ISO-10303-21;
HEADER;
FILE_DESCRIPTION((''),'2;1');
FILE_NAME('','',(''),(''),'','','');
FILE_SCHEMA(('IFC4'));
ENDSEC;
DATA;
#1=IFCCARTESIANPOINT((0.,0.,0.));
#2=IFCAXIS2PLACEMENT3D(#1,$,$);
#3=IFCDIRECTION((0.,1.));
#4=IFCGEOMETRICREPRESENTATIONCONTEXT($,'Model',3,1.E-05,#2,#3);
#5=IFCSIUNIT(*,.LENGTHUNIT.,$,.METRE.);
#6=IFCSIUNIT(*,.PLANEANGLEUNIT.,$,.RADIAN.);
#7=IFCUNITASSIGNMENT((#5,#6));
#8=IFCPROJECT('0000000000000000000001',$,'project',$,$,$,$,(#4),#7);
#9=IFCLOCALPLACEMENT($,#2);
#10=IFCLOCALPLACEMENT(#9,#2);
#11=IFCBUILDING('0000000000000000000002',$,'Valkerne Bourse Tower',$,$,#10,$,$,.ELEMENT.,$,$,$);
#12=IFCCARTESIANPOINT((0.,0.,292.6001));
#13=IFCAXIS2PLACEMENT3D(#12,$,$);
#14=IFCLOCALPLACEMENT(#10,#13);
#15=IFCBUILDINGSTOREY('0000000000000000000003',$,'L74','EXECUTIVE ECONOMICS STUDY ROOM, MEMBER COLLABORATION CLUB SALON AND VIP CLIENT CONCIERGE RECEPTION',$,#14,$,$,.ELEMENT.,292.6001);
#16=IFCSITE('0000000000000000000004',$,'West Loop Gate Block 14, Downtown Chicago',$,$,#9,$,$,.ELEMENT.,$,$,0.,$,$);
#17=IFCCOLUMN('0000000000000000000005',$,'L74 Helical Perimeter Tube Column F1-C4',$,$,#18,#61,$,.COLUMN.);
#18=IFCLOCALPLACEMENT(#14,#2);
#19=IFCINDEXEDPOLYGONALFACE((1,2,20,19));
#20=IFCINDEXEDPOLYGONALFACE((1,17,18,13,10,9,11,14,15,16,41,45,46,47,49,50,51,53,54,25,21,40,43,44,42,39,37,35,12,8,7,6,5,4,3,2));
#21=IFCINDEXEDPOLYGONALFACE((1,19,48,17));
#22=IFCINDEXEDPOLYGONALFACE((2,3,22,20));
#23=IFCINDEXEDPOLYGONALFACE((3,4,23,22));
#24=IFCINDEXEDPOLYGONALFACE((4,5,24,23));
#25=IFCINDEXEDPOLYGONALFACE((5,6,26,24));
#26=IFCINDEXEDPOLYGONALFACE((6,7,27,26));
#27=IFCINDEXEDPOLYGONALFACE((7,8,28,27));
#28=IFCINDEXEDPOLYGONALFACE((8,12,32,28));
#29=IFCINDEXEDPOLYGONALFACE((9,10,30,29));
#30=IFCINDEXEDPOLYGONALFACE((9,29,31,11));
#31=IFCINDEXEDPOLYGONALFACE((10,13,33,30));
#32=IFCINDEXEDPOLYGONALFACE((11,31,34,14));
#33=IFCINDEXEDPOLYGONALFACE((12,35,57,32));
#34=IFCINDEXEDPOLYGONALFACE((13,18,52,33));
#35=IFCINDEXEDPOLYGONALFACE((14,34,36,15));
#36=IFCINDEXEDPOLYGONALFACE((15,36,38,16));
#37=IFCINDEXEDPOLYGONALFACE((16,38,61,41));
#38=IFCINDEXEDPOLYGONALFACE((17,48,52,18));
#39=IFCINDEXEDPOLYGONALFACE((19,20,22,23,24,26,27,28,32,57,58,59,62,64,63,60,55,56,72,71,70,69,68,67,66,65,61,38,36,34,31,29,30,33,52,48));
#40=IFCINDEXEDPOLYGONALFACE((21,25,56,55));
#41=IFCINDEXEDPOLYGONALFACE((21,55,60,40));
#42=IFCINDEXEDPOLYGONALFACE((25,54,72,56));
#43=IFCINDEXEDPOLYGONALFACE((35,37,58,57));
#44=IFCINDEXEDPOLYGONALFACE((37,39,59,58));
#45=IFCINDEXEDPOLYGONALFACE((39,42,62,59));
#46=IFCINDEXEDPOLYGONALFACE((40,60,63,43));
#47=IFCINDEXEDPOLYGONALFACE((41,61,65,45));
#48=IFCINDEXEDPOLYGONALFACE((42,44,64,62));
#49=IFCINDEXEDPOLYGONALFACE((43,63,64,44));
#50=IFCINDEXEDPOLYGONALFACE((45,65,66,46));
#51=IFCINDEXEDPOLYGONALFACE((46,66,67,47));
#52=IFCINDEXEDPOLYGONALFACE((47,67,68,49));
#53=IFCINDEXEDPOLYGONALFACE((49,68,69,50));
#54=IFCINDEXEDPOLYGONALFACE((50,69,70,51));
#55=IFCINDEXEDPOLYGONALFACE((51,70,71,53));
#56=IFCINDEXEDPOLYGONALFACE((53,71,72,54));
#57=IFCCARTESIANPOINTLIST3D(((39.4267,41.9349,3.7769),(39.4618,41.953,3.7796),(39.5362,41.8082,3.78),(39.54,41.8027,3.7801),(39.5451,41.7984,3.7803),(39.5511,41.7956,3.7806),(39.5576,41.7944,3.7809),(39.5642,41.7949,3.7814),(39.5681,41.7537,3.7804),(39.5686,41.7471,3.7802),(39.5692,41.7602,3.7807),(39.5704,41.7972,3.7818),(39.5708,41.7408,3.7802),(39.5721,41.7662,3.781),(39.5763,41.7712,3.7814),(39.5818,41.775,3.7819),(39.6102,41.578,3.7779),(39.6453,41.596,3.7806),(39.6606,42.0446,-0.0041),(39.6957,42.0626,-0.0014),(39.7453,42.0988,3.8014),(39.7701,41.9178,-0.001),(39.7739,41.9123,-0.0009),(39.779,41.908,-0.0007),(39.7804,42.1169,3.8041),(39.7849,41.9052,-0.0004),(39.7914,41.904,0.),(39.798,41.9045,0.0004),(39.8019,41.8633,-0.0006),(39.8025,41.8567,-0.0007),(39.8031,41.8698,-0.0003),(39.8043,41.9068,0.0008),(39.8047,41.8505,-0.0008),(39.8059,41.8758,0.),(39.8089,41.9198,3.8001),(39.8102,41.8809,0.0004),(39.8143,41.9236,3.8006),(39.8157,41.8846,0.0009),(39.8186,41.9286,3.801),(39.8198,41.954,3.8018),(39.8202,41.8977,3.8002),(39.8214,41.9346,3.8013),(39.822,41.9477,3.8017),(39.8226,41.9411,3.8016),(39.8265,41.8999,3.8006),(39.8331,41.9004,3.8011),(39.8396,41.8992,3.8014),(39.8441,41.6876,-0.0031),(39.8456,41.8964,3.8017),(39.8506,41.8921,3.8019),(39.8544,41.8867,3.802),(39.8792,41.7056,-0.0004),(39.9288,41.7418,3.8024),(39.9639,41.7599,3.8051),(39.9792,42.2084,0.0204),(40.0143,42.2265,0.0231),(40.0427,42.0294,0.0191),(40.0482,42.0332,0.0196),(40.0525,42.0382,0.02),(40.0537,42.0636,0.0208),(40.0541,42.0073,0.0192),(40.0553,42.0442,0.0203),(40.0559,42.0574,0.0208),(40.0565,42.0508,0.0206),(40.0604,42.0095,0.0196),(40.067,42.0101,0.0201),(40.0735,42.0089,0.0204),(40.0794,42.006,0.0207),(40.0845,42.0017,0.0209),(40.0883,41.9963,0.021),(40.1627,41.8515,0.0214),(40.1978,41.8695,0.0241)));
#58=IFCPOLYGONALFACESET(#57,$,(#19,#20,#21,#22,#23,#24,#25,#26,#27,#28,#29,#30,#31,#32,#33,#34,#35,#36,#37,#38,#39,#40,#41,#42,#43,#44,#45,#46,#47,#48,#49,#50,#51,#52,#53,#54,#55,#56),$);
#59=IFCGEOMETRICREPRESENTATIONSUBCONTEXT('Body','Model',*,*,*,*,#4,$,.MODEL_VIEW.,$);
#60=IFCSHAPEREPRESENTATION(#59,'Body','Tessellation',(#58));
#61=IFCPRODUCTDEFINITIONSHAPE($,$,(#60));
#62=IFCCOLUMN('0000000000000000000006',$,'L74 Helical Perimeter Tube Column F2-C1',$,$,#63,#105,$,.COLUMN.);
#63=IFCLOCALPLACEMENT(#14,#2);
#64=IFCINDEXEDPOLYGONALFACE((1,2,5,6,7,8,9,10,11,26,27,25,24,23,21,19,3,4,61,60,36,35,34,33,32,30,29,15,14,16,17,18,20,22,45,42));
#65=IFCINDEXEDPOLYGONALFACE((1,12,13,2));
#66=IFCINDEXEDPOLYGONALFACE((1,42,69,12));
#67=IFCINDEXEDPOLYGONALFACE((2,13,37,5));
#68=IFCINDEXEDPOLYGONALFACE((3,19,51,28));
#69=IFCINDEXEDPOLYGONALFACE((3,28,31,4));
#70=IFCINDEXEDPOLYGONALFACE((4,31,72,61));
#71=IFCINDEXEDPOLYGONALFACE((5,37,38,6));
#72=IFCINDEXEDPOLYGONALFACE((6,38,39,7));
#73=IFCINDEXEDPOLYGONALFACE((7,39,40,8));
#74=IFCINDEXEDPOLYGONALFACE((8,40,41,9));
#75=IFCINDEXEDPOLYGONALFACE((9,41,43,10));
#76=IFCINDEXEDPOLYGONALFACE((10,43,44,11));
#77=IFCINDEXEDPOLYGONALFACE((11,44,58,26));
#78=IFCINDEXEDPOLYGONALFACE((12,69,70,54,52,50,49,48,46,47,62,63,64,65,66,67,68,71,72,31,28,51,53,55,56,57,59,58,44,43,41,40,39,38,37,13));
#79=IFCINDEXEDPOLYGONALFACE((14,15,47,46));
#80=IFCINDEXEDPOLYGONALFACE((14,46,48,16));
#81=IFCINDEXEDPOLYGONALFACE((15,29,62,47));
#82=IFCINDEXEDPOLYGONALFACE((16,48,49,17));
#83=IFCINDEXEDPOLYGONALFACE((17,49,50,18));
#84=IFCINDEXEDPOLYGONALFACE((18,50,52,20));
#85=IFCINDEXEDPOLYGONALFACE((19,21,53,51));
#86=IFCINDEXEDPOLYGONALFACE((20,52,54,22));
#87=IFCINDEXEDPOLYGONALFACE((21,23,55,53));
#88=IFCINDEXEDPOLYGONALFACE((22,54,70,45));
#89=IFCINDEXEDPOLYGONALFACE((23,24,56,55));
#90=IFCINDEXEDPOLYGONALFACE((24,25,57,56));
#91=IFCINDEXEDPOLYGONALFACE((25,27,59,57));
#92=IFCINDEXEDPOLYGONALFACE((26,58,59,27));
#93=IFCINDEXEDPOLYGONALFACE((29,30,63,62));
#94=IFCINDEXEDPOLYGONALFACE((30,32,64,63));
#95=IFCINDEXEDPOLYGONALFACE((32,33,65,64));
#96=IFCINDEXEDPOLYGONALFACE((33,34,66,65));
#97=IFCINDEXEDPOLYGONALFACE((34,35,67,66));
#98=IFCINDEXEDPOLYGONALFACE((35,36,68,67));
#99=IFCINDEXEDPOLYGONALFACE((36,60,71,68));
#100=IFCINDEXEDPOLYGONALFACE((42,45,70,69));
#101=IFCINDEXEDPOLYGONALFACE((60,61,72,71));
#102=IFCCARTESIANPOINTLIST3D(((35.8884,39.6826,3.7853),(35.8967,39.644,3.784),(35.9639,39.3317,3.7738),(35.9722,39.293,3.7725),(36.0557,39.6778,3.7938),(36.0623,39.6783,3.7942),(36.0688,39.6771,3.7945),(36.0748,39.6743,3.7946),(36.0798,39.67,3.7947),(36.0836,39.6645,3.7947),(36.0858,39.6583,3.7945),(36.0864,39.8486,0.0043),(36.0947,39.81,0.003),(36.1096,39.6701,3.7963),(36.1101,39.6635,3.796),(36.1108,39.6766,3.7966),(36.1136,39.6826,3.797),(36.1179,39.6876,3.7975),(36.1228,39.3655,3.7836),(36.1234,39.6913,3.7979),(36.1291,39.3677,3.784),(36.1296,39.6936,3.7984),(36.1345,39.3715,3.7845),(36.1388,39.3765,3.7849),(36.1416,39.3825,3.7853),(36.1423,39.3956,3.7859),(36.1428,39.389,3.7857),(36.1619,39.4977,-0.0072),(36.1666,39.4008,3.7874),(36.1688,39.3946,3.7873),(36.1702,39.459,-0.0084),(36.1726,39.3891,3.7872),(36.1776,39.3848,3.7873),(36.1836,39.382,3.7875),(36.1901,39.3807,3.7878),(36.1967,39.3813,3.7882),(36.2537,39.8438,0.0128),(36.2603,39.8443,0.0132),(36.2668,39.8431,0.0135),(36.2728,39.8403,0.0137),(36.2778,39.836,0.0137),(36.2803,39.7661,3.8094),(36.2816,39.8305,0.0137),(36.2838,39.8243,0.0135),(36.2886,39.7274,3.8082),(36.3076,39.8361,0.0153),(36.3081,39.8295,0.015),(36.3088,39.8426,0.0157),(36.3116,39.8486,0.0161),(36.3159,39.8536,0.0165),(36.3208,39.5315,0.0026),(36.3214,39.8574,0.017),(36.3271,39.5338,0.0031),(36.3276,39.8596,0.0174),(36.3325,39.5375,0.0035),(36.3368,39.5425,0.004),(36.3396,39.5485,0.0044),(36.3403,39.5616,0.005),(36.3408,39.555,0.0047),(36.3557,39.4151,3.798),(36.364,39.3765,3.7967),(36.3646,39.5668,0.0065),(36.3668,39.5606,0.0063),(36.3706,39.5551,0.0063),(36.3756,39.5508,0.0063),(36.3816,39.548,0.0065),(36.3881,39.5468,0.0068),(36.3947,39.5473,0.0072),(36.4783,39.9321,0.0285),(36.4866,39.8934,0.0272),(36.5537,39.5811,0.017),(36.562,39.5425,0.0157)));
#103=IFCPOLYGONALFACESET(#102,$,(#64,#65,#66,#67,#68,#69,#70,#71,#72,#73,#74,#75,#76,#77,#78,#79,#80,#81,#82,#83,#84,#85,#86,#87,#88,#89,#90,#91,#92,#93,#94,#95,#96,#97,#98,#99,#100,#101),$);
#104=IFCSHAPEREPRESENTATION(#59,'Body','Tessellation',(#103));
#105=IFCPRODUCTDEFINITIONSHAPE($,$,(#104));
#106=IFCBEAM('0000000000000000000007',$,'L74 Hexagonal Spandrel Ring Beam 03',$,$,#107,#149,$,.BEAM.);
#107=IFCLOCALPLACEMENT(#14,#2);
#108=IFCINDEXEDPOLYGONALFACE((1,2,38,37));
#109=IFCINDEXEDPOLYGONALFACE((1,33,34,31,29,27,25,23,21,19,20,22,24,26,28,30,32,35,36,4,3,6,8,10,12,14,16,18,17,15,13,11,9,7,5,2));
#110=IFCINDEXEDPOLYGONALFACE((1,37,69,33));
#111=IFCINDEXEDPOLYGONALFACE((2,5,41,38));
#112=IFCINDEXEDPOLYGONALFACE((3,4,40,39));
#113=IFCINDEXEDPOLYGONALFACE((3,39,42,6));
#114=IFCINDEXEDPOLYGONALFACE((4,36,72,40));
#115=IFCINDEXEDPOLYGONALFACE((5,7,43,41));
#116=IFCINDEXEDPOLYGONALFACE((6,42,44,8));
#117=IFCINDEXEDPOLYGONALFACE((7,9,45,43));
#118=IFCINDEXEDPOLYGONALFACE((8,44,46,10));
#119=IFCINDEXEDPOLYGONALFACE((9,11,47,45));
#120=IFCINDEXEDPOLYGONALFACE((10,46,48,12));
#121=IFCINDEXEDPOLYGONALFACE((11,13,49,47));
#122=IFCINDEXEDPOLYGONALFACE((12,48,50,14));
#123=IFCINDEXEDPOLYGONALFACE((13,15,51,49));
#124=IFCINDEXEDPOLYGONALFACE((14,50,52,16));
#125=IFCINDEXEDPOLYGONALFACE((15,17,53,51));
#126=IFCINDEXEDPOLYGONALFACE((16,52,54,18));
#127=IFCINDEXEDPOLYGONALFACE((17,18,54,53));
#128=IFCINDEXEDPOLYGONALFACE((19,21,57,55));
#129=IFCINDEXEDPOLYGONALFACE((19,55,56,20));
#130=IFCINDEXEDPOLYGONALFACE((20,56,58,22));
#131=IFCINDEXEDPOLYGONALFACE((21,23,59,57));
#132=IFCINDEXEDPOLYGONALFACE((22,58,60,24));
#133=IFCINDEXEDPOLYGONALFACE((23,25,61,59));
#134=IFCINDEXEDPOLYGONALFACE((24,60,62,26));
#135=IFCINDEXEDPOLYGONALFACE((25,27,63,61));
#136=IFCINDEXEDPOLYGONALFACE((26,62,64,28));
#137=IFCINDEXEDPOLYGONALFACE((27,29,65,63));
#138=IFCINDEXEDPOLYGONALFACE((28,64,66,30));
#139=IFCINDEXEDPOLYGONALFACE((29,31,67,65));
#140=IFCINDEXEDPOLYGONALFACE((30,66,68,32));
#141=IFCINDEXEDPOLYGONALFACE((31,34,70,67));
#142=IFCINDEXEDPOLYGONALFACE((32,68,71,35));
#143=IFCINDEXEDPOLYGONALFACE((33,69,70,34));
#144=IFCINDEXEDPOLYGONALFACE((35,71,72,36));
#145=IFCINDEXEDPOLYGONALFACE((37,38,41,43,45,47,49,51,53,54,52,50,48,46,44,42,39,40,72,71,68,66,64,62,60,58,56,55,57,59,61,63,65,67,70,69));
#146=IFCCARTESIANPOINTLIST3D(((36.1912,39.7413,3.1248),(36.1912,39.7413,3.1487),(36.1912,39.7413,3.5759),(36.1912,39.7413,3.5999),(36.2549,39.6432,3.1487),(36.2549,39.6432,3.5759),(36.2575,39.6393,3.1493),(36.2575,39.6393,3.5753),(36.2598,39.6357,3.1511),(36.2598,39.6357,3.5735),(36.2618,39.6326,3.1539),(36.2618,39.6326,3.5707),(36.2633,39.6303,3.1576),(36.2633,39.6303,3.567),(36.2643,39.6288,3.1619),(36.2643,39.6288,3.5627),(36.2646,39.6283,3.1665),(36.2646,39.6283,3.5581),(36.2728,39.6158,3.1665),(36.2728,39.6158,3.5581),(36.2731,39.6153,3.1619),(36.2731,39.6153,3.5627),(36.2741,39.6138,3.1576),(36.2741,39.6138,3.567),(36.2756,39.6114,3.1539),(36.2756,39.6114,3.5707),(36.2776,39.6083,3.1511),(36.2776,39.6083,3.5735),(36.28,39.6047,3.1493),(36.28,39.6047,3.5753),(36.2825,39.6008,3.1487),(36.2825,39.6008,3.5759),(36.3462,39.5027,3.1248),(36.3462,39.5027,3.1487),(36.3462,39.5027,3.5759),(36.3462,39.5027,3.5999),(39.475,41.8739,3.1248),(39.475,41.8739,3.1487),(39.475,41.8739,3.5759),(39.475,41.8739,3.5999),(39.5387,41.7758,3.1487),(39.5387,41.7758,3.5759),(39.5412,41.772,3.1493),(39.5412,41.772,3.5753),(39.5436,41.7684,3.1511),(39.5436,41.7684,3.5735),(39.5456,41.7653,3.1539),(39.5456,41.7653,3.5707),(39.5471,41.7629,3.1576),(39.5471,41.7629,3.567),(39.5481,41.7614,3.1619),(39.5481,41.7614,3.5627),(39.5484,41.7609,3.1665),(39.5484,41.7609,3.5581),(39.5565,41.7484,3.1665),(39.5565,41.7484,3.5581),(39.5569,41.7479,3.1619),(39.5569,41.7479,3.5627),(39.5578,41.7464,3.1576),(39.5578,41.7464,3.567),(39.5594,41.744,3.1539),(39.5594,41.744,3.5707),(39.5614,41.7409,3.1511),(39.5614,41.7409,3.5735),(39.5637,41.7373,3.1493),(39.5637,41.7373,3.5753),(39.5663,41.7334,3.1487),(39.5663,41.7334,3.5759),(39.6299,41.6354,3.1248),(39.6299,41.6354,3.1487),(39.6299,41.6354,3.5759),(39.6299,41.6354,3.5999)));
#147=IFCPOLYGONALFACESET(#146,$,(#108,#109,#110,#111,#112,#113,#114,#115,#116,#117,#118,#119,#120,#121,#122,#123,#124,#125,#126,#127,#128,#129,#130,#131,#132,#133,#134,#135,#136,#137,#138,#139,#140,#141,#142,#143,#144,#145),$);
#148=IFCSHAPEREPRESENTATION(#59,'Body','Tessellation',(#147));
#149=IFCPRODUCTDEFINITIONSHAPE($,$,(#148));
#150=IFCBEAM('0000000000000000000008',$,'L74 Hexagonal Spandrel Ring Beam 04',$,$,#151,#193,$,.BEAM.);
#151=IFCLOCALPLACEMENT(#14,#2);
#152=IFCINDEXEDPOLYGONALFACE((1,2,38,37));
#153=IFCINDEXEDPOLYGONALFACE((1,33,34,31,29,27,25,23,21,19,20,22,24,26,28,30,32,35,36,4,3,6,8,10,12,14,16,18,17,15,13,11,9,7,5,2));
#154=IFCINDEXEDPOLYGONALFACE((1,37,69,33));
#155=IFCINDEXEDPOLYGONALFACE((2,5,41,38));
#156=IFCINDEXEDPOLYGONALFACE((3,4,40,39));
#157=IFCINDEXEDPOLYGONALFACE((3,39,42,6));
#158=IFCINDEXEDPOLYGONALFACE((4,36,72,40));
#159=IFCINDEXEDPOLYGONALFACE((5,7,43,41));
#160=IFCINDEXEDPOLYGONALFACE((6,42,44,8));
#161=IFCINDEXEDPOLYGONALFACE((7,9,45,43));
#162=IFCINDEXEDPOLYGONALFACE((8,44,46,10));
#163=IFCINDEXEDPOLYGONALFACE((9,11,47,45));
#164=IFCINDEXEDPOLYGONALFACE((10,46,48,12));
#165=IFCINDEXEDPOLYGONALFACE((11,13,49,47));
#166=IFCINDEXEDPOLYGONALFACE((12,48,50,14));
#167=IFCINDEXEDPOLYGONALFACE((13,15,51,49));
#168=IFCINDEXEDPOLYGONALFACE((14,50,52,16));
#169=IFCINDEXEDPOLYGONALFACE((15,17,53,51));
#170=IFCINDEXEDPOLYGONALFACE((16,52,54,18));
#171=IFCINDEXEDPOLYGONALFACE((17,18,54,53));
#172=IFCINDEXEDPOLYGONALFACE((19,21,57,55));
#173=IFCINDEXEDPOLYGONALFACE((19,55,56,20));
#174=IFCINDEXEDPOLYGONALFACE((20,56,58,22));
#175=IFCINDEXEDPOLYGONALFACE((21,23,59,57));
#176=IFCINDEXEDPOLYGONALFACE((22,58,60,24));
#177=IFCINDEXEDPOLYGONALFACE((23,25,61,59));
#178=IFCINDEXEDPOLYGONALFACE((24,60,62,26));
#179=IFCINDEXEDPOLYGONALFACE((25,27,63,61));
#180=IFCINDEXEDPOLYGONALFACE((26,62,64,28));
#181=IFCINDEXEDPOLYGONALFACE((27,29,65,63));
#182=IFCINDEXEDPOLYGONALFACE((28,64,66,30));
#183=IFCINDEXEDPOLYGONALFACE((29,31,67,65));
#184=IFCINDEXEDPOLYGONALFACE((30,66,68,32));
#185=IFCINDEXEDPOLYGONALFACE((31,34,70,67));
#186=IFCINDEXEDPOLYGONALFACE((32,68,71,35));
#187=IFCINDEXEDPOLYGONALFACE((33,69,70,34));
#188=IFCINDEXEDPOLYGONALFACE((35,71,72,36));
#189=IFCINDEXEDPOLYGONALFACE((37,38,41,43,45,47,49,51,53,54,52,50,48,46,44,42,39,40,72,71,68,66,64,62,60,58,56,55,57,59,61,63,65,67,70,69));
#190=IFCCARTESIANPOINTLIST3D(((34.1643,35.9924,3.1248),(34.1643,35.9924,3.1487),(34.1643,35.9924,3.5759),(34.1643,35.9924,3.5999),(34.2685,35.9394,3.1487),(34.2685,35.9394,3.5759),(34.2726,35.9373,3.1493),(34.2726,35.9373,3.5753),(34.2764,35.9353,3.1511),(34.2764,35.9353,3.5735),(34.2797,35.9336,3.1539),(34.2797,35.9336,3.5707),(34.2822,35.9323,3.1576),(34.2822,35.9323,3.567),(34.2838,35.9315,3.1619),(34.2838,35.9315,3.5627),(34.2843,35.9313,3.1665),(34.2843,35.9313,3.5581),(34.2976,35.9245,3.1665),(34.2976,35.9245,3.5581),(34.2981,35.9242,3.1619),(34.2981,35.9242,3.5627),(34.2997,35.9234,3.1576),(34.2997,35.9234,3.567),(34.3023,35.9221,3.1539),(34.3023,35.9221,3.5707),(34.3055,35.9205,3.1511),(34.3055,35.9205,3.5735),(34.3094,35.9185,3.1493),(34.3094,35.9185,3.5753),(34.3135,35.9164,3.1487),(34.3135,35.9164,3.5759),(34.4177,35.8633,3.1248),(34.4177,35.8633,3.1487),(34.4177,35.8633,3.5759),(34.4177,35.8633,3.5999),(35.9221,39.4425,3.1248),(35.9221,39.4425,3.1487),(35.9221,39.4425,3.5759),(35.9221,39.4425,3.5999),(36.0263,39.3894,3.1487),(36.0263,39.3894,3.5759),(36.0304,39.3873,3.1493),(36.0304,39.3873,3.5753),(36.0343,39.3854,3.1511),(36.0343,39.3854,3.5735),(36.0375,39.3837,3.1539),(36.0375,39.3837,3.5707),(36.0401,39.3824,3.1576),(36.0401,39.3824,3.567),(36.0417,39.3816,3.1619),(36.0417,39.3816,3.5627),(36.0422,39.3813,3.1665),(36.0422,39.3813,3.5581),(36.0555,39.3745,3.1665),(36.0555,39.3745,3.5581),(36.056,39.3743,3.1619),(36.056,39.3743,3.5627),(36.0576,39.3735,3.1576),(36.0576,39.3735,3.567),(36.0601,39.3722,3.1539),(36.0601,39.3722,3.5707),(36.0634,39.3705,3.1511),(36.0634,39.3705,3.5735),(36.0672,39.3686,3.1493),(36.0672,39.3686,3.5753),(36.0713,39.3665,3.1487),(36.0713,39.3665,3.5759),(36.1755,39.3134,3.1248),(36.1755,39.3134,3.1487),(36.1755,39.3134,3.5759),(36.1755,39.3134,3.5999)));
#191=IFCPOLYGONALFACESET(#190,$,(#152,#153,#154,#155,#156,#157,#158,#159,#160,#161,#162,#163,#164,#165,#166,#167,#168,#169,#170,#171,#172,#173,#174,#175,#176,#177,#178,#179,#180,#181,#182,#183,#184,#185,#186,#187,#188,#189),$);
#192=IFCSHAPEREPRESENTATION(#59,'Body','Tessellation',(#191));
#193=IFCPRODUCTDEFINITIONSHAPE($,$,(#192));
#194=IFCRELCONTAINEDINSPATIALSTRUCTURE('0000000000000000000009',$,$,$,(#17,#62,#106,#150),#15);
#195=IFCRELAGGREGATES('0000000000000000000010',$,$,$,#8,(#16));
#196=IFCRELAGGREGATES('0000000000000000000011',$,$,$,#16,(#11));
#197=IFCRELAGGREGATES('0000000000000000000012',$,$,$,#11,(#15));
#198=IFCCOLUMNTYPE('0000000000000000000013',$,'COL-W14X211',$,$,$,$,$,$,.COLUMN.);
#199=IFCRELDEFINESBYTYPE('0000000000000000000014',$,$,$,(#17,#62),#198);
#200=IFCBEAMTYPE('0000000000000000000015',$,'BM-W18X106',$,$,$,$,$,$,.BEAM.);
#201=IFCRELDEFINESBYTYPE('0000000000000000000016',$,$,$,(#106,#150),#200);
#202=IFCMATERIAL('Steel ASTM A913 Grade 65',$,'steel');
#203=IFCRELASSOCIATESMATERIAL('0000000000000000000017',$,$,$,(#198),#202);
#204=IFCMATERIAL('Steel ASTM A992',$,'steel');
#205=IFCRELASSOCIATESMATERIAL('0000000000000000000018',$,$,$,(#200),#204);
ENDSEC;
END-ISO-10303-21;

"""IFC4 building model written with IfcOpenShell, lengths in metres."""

from ifc_helpers import new_model, si_unit, direction, frame, origin, origin_2d, place, context, subcontext, project, spatial, i_section, extrude, material, material_profile, profile_set, type_object, element, save


model = new_model("IFC4")

# Units and contexts
model_context = context("Model", 3, precision=1e-05, world=origin(), true_north=direction((0.0, 1.0)))
body_context = subcontext(model_context, "Body", "Model", "MODEL_VIEW")
ifc_project = project(units=[si_unit("LENGTHUNIT", "METRE"), si_unit("PLANEANGLEUNIT", "RADIAN")], contexts=[model_context])

# Site, building, storey
site_placement = place(None, origin())
site = spatial("IfcSite", under=ifc_project, at=site_placement, Name="West Loop Gate Block 14, Downtown Chicago", CompositionType="ELEMENT", RefElevation=0.0)
building_placement = place(site_placement, origin())
building = spatial("IfcBuilding", under=site, at=building_placement, Name="Valkerne Bourse Tower", CompositionType="ELEMENT")
storey_placement = place(building_placement, frame((0.0, 0.0, 292.6001)))
storey = spatial("IfcBuildingStorey", under=building, at=storey_placement, Name="L74", Description="EXECUTIVE ECONOMICS STUDY ROOM, MEMBER COLLABORATION CLUB SALON AND VIP CLIENT CONCIERGE RECEPTION", CompositionType="ELEMENT", Elevation=292.6001)

# Columns
ifc_material_1 = material(Name="Steel ASTM A913 Grade 65", Category="steel")
ifc_material_profile_1 = material_profile(ifc_material_1, i_section(OverallWidth=0.4014, OverallDepth=0.3987, WebThickness=0.0249, FlangeThickness=0.0396, FilletRadius=0.0254, at=origin_2d()), Name="W14X211")
ifc_profile_set_1 = profile_set([ifc_material_profile_1], Name="Steel ASTM A913 Grade 65")
column_type = type_object("IfcColumnType", Name="COL-W14X211", PredefinedType="COLUMN", material=ifc_profile_set_1)
for number, where, z_axis, x_axis, name in (
    (1, (39.9292, 41.957, 0.01), (-0.061714, -0.028925, 0.997675), (-0.457203, 0.889359, -0.002498), "L74 Helical Perimeter Tube Column F1-C4"),
    (2, (36.3242, 39.6956, 0.01), (-0.052245, -0.043806, 0.997673), (-0.976285, -0.207936, -0.060255), "L74 Helical Perimeter Tube Column F2-C1"),
):
    element("IfcColumn", number, at=place(storey_placement, frame(where, z_axis=z_axis, x_axis=x_axis)), inside=storey, type_object=column_type, Name=name, PredefinedType="COLUMN", context=body_context, shape_type="SweptSolid", body=[
        extrude(i_section(OverallWidth=0.4014, OverallDepth=0.3987, WebThickness=0.0249, FlangeThickness=0.0396, FilletRadius=0.0254, at=origin_2d()), origin(), (0.0, 0.0, 1.0), 3.7898),
    ])

# Beams
ifc_material_2 = material(Name="Steel ASTM A992", Category="steel")
ifc_material_profile_2 = material_profile(ifc_material_2, i_section(OverallWidth=0.2844, OverallDepth=0.4751, WebThickness=0.0149, FlangeThickness=0.0239, FilletRadius=0.0178, at=origin_2d()), Name="W18X106")
ifc_profile_set_2 = profile_set([ifc_material_profile_2], Name="Steel ASTM A992")
beam_type_1 = type_object("IfcBeamType", Name="BM-W18X106", PredefinedType="BEAM", material=ifc_profile_set_2)
beam_1_placement = place(storey_placement, frame((39.5525, 41.7546, 3.3623), z_axis=(-0.838657, -0.54466, 0.0), x_axis=(0.54466, -0.838657, 0.0)))
element("IfcBeam", 3, at=beam_1_placement, inside=storey, type_object=beam_type_1, Name="L74 Hexagonal Spandrel Ring Beam 03", PredefinedType="BEAM", context=body_context, shape_type="SweptSolid", body=[
    extrude(i_section(OverallWidth=0.2844, OverallDepth=0.4751, WebThickness=0.0149, FlangeThickness=0.0239, FilletRadius=0.0178, at=origin_2d()), origin(), (0.0, 0.0, 1.0), 3.9155),
])
beam_2_placement = place(storey_placement, frame((36.0488, 39.3779, 3.3623), z_axis=(-0.453985, -0.891009, 0.0), x_axis=(0.891009, -0.453985, 0.0)))
element("IfcBeam", 4, at=beam_2_placement, inside=storey, type_object=beam_type_1, Name="L74 Hexagonal Spandrel Ring Beam 04", PredefinedType="BEAM", context=body_context, shape_type="SweptSolid", body=[
    extrude(i_section(OverallWidth=0.2844, OverallDepth=0.4751, WebThickness=0.0149, FlangeThickness=0.0239, FilletRadius=0.0178, at=origin_2d()), origin(), (0.0, 0.0, 1.0), 3.8721),
])

save(model, "model.ifc")
